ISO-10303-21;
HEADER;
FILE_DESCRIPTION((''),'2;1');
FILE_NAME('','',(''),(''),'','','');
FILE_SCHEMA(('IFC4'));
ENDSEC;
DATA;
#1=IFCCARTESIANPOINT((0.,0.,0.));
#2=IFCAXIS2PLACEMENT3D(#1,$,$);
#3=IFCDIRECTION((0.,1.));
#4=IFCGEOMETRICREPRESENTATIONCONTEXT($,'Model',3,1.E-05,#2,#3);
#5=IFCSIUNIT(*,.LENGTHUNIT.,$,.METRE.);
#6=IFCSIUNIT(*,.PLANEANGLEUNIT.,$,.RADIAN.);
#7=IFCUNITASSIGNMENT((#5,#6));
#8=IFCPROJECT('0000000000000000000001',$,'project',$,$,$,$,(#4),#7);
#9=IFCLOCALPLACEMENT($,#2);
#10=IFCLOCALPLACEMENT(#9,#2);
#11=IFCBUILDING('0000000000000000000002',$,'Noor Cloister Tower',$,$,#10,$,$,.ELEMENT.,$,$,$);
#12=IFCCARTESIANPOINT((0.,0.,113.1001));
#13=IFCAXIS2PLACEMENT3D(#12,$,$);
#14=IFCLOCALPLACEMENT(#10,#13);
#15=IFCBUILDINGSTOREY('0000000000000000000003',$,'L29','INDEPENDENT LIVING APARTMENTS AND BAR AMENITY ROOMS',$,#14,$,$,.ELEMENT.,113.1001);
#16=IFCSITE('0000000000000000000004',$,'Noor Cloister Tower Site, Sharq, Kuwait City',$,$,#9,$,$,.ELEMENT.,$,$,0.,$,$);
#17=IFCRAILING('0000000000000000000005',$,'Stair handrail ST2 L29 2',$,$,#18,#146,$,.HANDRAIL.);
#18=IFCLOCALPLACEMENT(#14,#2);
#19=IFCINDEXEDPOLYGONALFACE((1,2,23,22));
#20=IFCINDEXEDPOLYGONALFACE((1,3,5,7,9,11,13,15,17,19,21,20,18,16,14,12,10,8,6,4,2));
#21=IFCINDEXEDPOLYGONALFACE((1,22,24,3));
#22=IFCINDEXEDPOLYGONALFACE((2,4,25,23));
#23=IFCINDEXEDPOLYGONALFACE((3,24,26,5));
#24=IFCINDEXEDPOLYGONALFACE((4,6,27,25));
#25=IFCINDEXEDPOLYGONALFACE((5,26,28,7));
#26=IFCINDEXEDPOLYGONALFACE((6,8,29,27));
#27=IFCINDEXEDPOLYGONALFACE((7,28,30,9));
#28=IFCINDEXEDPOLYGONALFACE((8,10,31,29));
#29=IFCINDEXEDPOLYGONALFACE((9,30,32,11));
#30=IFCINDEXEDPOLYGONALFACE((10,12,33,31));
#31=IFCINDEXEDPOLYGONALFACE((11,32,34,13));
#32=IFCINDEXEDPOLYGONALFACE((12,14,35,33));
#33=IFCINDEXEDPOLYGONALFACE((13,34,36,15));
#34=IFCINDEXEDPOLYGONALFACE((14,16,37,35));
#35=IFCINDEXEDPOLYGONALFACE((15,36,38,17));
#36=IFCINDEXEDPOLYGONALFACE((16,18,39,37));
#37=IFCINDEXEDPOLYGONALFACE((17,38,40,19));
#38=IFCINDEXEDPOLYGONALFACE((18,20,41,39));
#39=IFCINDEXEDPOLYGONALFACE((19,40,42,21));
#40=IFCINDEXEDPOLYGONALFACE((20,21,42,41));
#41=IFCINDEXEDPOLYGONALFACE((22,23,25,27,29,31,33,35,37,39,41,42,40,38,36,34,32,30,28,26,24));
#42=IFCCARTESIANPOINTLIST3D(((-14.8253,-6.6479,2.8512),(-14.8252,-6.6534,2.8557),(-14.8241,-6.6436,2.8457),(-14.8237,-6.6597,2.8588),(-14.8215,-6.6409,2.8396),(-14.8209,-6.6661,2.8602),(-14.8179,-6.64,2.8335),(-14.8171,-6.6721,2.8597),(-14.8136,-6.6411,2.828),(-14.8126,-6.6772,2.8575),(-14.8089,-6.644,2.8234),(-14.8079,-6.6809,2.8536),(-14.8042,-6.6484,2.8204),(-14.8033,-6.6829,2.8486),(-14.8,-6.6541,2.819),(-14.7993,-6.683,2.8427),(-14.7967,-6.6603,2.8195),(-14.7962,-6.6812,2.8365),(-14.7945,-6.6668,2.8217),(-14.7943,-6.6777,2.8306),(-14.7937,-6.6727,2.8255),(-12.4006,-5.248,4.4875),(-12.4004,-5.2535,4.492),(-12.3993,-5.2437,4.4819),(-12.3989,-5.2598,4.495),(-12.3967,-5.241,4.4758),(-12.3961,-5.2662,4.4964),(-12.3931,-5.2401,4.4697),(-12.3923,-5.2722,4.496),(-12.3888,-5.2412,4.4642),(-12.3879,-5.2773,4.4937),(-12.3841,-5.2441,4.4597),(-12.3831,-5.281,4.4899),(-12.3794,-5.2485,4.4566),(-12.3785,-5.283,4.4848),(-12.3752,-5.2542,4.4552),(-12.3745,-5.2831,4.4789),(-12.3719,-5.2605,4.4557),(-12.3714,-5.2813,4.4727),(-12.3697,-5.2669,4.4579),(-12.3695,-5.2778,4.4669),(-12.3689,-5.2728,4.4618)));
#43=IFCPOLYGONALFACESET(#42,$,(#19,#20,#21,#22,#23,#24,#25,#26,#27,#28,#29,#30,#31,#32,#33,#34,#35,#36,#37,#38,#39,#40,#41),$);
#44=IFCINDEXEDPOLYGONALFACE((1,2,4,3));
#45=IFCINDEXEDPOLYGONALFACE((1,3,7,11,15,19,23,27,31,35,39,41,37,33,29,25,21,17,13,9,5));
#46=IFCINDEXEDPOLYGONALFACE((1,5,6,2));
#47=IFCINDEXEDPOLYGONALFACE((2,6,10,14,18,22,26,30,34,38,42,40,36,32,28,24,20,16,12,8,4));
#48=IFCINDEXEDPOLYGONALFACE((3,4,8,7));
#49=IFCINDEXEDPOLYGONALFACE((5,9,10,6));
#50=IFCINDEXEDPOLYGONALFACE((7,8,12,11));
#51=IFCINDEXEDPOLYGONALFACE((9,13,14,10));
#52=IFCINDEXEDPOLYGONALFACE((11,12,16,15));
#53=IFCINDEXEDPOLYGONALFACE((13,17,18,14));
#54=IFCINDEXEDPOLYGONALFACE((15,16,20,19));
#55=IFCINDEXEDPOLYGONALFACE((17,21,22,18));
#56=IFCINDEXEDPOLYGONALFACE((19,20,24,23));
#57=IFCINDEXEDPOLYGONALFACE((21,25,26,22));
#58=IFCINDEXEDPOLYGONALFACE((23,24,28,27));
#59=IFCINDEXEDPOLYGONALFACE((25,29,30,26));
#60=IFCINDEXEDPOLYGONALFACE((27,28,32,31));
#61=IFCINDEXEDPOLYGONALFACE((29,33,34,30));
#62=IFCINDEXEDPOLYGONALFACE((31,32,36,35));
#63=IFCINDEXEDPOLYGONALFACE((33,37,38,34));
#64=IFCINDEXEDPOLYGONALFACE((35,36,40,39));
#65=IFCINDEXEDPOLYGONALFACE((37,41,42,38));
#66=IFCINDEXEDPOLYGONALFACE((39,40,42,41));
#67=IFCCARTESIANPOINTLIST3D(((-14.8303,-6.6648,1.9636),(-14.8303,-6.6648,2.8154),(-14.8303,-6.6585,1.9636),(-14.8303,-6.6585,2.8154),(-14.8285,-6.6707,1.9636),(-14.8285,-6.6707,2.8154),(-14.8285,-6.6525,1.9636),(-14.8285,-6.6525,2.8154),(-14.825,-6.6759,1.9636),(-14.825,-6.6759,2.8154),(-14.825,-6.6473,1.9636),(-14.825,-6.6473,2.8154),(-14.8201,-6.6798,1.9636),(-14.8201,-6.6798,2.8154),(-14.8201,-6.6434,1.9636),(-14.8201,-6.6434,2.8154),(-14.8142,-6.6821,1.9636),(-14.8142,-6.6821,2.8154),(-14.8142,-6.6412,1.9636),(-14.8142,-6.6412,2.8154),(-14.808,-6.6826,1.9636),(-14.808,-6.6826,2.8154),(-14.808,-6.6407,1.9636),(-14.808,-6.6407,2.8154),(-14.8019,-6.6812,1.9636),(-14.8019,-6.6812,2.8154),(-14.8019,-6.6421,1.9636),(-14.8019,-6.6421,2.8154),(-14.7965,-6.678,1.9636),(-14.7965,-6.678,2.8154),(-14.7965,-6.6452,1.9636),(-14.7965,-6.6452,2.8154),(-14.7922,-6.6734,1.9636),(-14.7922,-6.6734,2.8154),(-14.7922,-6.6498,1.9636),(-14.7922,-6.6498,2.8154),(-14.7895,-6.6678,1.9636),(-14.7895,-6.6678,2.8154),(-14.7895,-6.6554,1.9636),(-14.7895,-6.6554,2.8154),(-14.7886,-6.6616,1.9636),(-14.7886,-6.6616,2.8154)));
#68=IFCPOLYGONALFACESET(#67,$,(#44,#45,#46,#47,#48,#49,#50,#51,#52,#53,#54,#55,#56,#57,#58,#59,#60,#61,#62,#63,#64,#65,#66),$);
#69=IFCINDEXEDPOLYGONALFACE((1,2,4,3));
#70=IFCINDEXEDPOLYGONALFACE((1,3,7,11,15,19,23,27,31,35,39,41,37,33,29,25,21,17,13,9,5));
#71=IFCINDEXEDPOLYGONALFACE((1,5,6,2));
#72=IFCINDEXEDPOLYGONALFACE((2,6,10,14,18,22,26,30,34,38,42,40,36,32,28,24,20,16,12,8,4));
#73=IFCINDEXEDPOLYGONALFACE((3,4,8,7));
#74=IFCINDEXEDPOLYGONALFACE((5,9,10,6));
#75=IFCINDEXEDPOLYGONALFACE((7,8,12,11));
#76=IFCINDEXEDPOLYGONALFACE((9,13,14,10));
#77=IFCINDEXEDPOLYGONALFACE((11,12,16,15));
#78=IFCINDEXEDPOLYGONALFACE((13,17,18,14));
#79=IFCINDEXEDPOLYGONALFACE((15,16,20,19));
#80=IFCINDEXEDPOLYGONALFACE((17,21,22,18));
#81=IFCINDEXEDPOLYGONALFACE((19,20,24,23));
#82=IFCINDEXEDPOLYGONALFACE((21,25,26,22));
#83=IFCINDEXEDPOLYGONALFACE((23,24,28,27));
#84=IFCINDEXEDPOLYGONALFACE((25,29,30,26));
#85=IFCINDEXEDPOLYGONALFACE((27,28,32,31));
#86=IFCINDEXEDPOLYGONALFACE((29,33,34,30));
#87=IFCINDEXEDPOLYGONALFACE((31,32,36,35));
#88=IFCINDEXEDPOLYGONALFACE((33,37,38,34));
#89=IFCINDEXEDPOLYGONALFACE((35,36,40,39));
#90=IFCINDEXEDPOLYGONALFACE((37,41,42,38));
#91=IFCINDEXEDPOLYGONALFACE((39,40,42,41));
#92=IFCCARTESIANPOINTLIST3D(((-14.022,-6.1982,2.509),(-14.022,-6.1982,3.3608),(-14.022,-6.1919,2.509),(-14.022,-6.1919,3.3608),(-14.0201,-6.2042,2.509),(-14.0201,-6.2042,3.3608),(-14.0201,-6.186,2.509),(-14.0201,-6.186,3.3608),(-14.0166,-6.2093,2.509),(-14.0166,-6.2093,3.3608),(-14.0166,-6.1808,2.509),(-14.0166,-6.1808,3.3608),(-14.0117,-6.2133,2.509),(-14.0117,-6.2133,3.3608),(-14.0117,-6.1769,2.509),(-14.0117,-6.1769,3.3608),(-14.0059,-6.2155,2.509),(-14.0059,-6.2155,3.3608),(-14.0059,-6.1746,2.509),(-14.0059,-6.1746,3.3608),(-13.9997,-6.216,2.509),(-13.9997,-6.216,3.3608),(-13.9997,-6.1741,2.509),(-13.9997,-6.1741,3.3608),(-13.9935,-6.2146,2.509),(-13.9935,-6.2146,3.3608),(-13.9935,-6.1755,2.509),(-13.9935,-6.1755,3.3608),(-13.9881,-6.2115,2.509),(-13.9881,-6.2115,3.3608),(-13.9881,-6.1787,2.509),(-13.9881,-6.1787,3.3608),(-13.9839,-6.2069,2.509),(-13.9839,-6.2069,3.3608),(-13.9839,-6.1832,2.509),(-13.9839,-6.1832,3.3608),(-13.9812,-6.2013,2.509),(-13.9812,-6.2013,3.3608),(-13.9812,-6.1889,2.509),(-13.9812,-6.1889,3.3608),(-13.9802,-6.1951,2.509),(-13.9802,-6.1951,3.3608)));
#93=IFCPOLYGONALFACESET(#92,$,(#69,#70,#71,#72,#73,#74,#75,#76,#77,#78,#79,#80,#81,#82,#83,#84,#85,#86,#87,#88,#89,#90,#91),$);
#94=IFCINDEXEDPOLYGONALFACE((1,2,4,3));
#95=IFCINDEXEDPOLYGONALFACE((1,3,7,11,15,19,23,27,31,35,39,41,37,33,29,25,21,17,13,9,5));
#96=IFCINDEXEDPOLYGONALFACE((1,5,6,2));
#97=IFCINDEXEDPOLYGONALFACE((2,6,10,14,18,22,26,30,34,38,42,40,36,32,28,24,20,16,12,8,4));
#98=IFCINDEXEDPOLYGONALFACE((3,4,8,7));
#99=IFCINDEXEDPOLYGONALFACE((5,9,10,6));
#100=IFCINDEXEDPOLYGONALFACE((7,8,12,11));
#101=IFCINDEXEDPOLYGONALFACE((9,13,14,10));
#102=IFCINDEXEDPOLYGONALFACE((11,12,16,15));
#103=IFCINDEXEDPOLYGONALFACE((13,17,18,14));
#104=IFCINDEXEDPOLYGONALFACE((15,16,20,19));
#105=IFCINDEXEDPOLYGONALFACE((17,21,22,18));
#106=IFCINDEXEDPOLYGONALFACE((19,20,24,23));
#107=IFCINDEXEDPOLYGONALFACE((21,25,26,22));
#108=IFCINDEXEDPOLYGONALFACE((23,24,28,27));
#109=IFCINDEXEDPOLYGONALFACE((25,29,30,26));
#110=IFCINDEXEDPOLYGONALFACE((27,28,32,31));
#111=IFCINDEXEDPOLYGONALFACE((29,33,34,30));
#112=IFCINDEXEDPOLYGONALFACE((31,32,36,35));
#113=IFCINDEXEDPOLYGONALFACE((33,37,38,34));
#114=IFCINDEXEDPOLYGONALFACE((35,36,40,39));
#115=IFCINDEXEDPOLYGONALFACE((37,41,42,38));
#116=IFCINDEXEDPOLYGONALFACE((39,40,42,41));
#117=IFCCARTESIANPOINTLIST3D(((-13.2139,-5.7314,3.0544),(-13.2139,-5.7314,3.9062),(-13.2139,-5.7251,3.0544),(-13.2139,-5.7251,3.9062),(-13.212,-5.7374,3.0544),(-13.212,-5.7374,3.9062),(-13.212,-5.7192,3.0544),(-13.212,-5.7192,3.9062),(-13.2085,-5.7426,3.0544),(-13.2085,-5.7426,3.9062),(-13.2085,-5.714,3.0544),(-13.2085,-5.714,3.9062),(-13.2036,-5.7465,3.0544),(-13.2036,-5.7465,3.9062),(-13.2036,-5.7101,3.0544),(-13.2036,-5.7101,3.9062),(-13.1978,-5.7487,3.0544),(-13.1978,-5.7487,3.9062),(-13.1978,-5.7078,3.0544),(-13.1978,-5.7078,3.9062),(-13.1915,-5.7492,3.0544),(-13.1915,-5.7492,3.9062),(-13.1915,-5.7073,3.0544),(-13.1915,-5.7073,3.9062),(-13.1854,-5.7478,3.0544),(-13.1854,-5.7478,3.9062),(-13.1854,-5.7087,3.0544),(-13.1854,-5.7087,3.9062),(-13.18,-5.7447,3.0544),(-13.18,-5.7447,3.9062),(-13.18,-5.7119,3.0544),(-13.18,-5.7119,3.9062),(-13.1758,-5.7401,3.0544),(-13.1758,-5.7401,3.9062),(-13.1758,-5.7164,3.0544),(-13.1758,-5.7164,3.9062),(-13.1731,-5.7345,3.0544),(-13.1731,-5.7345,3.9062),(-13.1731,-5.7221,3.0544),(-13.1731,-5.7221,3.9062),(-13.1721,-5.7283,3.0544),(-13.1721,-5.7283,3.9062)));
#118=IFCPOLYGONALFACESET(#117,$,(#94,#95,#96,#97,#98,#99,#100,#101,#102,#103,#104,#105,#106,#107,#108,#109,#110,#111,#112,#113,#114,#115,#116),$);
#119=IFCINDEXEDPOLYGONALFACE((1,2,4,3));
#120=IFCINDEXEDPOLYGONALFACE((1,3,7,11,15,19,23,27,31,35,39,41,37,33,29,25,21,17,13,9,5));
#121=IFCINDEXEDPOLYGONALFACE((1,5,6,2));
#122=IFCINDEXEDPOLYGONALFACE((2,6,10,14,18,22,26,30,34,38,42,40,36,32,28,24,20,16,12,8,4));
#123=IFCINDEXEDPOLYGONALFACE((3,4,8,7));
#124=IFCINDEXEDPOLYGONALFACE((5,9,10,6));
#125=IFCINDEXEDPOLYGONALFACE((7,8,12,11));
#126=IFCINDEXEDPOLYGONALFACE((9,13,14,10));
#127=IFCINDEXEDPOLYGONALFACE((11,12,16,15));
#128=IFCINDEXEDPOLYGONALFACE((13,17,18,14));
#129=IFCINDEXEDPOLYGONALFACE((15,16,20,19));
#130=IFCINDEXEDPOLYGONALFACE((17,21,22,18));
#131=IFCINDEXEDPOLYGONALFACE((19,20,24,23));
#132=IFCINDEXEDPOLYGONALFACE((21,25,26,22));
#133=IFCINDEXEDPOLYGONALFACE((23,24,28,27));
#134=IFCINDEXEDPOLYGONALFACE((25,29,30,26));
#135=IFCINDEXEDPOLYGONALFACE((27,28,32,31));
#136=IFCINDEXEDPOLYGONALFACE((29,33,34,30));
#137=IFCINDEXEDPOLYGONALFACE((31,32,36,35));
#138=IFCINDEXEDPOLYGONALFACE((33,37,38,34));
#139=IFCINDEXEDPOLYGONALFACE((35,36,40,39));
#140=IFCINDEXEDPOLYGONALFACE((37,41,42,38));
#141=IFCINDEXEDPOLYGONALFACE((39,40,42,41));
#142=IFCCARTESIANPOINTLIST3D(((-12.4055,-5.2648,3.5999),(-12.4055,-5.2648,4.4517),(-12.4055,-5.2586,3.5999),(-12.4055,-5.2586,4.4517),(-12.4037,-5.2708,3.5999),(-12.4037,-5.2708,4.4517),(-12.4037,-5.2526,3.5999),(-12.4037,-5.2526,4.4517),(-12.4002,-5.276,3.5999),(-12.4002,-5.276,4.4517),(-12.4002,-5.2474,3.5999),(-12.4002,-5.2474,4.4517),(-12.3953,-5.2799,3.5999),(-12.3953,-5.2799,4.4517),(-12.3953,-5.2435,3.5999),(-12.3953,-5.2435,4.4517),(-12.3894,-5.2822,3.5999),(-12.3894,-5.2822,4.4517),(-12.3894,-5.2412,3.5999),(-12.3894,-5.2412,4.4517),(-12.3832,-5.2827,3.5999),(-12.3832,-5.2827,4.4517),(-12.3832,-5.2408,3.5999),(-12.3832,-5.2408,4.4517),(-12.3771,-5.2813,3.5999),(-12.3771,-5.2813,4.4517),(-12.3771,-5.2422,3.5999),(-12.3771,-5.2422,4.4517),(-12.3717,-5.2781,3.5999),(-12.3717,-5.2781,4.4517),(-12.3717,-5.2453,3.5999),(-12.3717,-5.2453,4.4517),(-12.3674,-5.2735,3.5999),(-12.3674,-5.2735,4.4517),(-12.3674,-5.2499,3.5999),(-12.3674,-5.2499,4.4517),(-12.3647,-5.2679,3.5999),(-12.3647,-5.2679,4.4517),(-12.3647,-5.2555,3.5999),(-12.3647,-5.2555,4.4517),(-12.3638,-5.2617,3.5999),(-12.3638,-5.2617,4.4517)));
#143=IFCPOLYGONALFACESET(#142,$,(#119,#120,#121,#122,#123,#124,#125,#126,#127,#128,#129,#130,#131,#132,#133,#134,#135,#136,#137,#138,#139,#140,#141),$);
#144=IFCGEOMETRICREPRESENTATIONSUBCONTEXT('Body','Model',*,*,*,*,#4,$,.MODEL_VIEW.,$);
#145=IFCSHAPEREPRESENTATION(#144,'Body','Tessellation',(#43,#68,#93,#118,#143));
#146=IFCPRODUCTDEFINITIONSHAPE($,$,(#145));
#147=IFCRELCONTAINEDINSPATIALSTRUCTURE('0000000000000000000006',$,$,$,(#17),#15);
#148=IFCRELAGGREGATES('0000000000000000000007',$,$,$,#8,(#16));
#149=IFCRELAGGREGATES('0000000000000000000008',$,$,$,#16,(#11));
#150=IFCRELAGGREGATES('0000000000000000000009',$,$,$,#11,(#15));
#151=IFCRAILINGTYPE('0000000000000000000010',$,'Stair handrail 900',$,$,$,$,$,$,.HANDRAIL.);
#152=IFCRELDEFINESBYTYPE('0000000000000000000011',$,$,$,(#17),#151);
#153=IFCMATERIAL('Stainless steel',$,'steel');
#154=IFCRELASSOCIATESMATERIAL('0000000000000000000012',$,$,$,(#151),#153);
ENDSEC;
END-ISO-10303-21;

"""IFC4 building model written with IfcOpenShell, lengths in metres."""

from ifc_helpers import new_model, si_unit, direction, frame, origin, origin_2d, place, context, subcontext, project, spatial, circle, extrude, material, type_object, element, save


model = new_model("IFC4")

# Units and contexts
model_context = context("Model", 3, precision=1e-05, world=origin(), true_north=direction((0.0, 1.0)))
body_context = subcontext(model_context, "Body", "Model", "MODEL_VIEW")
ifc_project = project(units=[si_unit("LENGTHUNIT", "METRE"), si_unit("PLANEANGLEUNIT", "RADIAN")], contexts=[model_context])

# Site, building, storey
site_placement = place(None, origin())
site = spatial("IfcSite", under=ifc_project, at=site_placement, Name="Noor Cloister Tower Site, Sharq, Kuwait City", CompositionType="ELEMENT", RefElevation=0.0)
building_placement = place(site_placement, origin())
building = spatial("IfcBuilding", under=site, at=building_placement, Name="Noor Cloister Tower", CompositionType="ELEMENT")
storey_placement = place(building_placement, frame((0.0, 0.0, 113.1001)))
storey = spatial("IfcBuildingStorey", under=building, at=storey_placement, Name="L29", Description="INDEPENDENT LIVING APARTMENTS AND BAR AMENITY ROOMS", CompositionType="ELEMENT", Elevation=113.1001)

# Railing
ifc_material_1 = material(Name="Stainless steel", Category="steel")
railing_type_1 = type_object("IfcRailingType", Name="Stair handrail 900", PredefinedType="HANDRAIL", material=ifc_material_1)
railing_1_placement = place(storey_placement, frame((-14.8096, -6.6616, 1.9636)))
element("IfcRailing", 1, at=railing_1_placement, inside=storey, type_object=railing_type_1, Name="Stair handrail ST2 L29 2", PredefinedType="HANDRAIL", context=body_context, shape_type="SweptSolid", body=[
    extrude(circle(Radius=0.0239, at=origin_2d()), frame((0.0, 0.0, 0.876), z_axis=(0.747718, 0.431677, 0.504552), x_axis=(-0.499984, 0.866035, 0.0)), (0.0, 0.0, 1.0), 3.2429),
    extrude(circle(Radius=0.021, at=origin_2d()), origin(), (0.0, 0.0, 1.0), 0.8518),
    extrude(circle(Radius=0.021, at=origin_2d()), frame((0.8083, 0.4666, 0.5454)), (0.0, 0.0, 1.0), 0.8518),
    extrude(circle(Radius=0.021, at=origin_2d()), frame((1.6165, 0.9333, 1.0908)), (0.0, 0.0, 1.0), 0.8518),
    extrude(circle(Radius=0.021, at=origin_2d()), frame((2.4248, 1.3999, 1.6362)), (0.0, 0.0, 1.0), 0.8518),
])

save(model, "model.ifc")
